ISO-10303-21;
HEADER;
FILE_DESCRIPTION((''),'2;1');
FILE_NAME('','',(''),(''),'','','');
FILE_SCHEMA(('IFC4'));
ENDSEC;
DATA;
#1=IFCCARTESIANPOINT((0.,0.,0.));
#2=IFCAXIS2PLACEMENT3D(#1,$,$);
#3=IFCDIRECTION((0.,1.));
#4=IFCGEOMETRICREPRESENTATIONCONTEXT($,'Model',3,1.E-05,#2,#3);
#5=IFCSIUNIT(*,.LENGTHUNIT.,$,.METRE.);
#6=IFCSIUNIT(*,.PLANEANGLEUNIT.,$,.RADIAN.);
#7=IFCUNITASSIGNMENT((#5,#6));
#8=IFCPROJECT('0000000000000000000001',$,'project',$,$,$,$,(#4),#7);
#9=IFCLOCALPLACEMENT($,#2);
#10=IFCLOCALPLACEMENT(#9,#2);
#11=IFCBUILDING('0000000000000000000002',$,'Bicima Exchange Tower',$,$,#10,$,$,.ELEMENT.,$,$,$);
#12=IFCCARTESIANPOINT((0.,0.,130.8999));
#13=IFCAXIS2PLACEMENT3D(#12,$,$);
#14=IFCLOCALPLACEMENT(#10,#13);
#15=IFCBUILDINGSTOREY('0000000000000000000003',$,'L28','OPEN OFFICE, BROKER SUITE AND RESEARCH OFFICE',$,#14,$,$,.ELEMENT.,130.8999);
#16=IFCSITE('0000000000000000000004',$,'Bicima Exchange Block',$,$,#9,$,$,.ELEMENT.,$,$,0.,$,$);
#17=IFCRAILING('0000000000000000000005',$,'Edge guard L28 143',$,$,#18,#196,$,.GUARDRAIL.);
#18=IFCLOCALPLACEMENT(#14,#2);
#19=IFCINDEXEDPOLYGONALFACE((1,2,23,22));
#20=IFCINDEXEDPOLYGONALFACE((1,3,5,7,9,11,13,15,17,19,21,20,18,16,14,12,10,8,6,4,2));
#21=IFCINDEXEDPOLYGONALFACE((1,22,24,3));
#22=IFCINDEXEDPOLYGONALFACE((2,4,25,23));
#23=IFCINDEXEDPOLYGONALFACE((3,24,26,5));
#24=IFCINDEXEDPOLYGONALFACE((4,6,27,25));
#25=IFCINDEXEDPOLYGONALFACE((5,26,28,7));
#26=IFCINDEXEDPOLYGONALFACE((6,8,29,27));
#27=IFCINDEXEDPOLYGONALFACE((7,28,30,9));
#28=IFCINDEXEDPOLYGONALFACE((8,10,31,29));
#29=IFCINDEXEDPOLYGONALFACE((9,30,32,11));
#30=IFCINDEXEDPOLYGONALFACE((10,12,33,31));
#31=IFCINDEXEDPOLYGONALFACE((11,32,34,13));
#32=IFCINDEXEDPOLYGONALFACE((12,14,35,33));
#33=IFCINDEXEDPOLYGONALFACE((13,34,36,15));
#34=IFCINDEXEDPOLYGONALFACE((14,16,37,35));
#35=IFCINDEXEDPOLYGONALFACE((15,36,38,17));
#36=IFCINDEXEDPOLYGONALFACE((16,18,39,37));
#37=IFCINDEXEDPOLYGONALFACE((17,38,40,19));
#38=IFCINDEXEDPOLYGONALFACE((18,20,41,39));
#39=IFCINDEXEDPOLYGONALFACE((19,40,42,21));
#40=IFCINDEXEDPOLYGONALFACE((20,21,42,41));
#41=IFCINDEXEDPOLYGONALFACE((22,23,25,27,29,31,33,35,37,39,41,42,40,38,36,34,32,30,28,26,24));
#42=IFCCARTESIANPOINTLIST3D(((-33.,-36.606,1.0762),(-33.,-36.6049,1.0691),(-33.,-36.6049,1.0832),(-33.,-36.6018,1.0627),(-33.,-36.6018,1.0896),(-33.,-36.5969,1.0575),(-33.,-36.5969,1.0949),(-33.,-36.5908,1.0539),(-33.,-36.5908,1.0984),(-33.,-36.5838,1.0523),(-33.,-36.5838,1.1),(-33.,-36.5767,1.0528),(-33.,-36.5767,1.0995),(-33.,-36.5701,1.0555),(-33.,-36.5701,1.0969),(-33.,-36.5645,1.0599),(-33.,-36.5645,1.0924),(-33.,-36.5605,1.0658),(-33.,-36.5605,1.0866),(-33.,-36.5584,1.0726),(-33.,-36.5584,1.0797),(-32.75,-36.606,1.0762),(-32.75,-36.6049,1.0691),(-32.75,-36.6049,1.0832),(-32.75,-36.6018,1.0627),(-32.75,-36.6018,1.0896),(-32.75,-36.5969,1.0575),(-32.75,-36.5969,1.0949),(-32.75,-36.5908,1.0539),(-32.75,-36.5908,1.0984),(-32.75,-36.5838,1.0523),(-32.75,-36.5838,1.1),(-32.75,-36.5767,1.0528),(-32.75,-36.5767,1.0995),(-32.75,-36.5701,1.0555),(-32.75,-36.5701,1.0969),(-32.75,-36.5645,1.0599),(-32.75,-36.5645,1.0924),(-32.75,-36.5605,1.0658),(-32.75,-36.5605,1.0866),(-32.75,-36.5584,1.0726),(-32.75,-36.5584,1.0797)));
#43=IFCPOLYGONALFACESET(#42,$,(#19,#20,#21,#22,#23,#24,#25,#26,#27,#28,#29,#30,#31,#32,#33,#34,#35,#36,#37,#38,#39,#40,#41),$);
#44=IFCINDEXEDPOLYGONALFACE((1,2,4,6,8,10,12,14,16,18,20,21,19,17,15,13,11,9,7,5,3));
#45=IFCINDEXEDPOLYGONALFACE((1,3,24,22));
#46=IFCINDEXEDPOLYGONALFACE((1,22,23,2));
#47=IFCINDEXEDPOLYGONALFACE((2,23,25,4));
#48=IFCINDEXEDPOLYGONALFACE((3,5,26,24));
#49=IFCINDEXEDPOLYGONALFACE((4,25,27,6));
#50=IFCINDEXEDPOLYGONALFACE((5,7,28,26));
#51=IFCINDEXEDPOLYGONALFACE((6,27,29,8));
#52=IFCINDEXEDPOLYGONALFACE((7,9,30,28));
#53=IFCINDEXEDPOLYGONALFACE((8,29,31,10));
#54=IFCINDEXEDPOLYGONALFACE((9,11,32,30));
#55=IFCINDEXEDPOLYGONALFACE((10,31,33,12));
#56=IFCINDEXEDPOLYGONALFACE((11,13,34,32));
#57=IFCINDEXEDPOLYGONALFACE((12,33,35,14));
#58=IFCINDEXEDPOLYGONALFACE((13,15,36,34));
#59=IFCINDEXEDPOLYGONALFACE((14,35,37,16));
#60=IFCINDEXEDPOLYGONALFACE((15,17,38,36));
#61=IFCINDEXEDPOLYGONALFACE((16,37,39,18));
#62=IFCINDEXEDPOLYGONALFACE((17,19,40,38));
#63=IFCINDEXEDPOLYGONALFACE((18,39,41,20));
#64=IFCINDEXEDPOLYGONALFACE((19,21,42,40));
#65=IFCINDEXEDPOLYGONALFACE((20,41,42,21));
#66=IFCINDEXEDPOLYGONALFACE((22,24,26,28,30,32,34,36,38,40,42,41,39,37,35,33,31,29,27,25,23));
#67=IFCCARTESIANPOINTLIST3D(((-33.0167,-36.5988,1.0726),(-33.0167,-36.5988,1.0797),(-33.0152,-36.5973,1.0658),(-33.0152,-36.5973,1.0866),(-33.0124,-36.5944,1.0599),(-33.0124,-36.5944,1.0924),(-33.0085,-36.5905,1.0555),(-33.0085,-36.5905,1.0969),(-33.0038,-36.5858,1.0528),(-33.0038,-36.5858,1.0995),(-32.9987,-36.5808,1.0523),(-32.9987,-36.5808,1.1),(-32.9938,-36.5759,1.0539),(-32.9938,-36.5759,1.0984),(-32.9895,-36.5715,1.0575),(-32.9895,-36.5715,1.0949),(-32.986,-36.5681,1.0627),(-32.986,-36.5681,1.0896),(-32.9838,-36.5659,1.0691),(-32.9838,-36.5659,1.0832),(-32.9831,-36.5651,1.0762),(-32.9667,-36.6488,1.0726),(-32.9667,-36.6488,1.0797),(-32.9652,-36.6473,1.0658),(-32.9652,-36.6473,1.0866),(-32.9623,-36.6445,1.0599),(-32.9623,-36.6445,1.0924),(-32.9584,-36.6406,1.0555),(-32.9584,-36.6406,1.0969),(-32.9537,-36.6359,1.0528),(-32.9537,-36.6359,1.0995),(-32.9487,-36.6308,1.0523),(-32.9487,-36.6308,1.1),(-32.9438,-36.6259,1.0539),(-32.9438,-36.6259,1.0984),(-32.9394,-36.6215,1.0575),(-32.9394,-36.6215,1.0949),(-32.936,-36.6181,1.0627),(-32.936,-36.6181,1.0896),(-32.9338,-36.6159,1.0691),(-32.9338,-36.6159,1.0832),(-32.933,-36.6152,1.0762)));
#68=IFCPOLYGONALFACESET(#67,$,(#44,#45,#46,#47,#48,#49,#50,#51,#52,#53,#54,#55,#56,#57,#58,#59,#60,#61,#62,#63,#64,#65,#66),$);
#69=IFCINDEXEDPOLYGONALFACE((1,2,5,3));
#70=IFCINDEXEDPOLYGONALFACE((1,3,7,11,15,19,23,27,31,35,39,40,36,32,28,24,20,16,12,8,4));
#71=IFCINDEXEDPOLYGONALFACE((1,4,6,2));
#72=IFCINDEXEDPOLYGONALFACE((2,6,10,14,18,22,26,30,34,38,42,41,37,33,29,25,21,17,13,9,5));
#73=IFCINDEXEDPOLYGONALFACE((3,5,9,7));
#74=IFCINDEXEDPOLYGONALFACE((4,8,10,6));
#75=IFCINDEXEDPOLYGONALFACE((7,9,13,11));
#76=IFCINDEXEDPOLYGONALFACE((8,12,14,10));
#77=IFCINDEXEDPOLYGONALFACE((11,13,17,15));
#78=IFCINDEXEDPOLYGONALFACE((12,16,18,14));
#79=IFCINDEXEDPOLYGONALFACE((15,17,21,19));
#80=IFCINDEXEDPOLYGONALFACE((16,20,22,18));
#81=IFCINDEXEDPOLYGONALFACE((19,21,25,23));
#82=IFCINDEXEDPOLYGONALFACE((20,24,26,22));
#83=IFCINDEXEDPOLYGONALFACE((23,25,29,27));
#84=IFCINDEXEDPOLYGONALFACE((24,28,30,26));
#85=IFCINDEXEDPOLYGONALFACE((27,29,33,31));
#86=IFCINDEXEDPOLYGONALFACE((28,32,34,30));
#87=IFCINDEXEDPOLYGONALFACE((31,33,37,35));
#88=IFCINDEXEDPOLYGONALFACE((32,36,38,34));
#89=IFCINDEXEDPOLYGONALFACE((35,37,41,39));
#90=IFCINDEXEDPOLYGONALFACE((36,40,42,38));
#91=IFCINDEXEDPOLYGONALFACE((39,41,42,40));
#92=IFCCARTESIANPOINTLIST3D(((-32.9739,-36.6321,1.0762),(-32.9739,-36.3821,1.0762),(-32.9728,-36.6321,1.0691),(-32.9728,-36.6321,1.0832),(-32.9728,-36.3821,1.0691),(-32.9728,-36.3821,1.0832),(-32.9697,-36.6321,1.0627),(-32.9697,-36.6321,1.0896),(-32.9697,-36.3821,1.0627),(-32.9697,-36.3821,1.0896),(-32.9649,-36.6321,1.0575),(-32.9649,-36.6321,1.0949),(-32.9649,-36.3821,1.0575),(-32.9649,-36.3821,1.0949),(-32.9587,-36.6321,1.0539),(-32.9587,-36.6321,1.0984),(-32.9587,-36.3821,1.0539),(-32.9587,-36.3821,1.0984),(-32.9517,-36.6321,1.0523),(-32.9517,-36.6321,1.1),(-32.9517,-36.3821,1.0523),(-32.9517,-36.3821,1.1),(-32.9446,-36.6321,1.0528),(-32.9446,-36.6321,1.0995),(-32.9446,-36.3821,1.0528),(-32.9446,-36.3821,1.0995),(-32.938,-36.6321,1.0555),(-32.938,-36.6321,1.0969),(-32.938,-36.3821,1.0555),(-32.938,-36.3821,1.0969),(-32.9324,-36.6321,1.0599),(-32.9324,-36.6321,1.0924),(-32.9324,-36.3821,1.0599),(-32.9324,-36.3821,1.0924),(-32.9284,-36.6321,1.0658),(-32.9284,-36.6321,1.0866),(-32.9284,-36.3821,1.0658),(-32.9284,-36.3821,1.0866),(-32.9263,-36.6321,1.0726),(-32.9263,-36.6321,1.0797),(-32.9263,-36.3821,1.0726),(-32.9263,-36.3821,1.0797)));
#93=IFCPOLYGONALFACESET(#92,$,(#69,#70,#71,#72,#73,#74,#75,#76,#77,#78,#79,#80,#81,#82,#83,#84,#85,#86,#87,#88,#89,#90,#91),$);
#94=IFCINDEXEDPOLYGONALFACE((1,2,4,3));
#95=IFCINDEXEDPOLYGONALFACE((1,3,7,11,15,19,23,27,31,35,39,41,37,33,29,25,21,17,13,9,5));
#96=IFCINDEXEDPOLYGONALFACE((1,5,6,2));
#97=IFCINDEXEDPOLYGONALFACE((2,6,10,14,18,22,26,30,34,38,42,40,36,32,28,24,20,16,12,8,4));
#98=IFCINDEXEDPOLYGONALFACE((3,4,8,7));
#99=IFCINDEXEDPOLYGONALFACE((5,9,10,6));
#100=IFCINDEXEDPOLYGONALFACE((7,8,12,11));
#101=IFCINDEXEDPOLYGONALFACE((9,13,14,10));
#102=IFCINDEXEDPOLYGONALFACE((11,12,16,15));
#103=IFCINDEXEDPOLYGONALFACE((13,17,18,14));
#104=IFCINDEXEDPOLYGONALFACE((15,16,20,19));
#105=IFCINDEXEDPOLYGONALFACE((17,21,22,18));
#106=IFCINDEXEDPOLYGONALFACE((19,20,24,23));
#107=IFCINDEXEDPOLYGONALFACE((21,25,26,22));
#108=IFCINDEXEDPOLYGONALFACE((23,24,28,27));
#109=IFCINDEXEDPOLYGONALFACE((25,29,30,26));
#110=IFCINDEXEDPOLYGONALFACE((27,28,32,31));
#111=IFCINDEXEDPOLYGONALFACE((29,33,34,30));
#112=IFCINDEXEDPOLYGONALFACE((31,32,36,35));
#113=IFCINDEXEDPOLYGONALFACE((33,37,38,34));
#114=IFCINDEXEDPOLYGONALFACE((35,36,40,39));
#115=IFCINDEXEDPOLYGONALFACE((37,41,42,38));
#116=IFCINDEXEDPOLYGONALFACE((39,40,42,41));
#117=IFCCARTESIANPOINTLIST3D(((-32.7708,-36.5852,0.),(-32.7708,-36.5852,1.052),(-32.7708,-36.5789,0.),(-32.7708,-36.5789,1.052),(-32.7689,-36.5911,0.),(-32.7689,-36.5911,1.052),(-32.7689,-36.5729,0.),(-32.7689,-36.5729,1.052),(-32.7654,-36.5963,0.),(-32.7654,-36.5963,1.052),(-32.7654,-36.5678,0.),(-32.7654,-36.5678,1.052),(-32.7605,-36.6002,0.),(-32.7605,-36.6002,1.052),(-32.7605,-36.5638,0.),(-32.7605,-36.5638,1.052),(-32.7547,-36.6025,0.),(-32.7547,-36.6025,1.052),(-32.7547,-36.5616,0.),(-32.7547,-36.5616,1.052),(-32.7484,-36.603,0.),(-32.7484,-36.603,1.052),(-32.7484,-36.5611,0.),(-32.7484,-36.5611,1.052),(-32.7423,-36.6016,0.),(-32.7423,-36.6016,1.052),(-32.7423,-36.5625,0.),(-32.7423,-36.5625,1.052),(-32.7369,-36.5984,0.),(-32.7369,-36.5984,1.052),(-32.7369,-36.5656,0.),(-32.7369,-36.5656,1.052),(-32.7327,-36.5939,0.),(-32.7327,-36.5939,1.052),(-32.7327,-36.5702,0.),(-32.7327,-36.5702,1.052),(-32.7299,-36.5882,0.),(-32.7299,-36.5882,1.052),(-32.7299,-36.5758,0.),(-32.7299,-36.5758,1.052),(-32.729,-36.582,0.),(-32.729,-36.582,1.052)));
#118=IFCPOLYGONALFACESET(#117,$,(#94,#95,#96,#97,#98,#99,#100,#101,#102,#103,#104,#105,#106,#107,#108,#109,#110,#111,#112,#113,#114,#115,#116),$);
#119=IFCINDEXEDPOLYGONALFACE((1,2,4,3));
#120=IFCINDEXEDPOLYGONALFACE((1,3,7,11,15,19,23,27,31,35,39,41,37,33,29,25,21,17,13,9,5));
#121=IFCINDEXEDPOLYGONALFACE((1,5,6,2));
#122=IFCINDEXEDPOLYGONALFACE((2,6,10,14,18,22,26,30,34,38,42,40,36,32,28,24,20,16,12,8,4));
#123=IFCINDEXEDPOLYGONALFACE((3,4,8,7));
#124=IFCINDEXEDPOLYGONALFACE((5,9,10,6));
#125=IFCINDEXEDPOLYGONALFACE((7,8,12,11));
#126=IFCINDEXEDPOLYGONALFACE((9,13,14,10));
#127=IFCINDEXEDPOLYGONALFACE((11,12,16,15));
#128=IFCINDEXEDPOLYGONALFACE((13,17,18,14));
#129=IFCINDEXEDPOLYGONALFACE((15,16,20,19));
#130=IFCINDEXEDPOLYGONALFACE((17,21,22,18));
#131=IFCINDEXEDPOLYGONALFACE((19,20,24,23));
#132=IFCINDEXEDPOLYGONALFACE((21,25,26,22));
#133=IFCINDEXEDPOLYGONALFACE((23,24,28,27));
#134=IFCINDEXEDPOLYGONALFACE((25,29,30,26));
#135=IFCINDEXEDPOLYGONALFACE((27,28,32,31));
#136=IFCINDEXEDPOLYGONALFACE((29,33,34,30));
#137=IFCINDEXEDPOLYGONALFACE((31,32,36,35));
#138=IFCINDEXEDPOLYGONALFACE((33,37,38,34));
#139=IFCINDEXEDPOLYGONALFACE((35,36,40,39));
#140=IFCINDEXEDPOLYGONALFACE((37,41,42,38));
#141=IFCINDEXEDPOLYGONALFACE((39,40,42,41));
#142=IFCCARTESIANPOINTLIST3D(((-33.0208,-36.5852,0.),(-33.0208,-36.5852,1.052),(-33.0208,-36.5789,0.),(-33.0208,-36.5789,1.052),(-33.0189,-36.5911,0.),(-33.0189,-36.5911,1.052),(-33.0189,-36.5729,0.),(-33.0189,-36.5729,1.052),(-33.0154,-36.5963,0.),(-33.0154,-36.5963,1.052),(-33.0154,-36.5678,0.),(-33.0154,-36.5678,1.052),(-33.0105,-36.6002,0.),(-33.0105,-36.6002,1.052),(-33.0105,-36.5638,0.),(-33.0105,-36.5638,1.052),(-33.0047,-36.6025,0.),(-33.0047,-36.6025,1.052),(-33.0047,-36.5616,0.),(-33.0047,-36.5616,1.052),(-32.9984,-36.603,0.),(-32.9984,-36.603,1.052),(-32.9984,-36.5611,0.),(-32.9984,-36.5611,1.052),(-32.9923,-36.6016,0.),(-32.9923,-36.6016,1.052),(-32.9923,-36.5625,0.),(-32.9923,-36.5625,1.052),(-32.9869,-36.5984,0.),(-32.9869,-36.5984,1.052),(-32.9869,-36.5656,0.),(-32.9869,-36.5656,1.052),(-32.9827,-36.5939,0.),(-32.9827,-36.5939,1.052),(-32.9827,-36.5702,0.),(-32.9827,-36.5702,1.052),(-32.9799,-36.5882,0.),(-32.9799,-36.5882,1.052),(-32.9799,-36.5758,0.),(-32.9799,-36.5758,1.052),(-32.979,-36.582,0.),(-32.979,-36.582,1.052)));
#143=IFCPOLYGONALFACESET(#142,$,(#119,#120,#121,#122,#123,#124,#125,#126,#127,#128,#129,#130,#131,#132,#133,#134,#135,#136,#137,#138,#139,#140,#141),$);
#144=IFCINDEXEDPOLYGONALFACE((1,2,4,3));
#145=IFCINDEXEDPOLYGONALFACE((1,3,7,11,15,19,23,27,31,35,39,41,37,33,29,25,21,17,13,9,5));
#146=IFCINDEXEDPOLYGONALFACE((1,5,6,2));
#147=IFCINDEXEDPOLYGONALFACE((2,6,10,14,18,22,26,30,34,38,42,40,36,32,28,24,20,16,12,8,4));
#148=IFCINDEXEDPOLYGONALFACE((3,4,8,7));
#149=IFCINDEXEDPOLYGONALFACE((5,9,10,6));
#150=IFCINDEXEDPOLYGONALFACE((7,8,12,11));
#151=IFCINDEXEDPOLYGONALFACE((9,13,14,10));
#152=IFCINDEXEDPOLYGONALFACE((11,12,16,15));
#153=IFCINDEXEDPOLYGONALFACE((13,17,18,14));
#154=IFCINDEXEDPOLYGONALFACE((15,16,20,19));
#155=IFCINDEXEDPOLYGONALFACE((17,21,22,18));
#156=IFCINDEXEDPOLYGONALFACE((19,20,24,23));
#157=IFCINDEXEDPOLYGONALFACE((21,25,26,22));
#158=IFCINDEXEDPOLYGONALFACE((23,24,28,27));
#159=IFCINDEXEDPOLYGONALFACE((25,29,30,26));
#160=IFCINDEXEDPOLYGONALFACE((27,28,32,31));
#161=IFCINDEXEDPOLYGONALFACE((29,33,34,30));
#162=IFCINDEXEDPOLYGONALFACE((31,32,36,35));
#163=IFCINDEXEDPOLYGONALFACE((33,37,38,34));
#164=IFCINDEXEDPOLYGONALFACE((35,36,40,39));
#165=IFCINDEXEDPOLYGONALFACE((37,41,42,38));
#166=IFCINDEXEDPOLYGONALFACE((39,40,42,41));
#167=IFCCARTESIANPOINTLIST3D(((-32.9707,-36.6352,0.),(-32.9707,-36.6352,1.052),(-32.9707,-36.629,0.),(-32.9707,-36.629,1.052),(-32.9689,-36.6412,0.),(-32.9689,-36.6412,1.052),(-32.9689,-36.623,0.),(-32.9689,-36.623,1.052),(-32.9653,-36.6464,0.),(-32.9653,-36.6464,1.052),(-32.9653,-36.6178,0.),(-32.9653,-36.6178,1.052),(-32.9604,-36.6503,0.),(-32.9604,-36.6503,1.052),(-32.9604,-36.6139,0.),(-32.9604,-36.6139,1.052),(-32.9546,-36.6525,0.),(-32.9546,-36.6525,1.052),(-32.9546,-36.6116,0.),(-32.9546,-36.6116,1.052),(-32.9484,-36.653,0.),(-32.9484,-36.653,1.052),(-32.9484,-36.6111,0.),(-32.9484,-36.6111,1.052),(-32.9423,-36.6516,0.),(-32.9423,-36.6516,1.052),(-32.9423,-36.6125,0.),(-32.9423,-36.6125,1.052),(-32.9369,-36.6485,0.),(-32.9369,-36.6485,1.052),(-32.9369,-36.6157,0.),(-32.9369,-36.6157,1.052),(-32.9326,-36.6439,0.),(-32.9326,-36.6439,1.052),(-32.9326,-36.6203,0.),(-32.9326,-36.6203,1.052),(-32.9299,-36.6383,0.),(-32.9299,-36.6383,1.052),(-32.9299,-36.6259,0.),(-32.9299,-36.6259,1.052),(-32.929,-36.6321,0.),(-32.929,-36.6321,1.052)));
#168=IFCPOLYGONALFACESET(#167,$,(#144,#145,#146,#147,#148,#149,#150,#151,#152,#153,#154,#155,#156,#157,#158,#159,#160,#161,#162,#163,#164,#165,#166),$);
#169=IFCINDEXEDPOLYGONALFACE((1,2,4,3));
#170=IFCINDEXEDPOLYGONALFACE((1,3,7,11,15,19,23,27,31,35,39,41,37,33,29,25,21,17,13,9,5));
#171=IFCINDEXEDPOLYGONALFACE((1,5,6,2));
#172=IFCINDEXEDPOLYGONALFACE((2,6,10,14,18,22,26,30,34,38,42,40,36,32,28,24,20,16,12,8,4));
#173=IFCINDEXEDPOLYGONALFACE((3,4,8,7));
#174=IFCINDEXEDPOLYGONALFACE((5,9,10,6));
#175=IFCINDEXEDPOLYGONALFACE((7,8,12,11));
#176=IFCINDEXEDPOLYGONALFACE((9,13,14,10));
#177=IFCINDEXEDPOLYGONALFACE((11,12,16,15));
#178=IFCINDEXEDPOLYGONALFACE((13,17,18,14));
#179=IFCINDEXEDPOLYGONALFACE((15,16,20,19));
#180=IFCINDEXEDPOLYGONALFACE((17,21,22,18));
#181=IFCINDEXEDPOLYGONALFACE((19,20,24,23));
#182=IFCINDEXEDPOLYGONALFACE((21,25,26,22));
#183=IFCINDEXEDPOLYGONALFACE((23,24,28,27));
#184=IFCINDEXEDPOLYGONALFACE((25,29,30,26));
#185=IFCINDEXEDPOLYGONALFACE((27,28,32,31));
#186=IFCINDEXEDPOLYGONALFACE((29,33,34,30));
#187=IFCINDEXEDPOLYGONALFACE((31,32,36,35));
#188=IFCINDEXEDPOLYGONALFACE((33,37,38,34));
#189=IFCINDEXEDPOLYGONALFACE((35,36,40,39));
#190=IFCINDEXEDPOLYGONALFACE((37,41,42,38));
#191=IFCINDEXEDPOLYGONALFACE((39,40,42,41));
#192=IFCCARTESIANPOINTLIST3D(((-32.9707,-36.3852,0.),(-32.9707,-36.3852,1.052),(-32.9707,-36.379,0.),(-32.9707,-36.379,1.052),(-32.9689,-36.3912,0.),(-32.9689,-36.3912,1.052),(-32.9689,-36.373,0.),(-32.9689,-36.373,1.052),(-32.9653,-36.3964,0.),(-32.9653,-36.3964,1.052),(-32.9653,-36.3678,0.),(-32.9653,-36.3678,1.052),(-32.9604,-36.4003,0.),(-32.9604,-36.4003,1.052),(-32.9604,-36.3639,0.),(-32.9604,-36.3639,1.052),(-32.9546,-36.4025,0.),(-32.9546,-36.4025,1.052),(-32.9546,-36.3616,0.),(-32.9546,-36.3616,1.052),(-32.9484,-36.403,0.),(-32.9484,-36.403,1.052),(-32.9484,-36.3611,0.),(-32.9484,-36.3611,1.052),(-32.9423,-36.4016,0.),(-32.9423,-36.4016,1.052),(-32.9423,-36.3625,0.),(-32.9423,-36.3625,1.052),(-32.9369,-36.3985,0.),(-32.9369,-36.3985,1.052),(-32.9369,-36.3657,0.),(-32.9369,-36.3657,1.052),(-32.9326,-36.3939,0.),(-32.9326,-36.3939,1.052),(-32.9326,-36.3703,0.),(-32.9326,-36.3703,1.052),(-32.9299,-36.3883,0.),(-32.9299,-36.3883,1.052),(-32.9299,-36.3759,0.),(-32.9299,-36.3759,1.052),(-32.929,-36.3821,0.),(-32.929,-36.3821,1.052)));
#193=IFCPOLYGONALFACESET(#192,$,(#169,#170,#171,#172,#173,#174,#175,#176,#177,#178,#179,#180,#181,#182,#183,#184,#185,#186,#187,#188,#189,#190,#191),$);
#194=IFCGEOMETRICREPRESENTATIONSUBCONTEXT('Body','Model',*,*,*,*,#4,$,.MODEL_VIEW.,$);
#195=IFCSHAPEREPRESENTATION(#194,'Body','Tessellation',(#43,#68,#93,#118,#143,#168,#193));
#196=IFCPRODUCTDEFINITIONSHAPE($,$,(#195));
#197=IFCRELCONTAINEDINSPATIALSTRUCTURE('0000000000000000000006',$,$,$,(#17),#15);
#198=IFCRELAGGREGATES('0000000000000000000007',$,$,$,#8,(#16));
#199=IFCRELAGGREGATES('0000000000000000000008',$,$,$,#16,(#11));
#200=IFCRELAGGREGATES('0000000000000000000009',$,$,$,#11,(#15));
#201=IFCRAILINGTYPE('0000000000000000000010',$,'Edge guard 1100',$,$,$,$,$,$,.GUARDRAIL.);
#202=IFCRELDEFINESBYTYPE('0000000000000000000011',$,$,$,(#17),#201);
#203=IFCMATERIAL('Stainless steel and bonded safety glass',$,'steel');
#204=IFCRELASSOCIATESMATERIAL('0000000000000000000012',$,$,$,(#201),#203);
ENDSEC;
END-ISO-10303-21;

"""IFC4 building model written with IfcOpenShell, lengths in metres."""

from ifc_helpers import new_model, si_unit, direction, frame, origin, origin_2d, place, context, subcontext, project, spatial, circle, extrude, material, type_object, element, save


model = new_model("IFC4")

# Units and contexts
model_context = context("Model", 3, precision=1e-05, world=origin(), true_north=direction((0.0, 1.0)))
body_context = subcontext(model_context, "Body", "Model", "MODEL_VIEW")
ifc_project = project(units=[si_unit("LENGTHUNIT", "METRE"), si_unit("PLANEANGLEUNIT", "RADIAN")], contexts=[model_context])

# Site, building, storey
site_placement = place(None, origin())
site = spatial("IfcSite", under=ifc_project, at=site_placement, Name="Bicima Exchange Block", CompositionType="ELEMENT", RefElevation=0.0)
building_placement = place(site_placement, origin())
building = spatial("IfcBuilding", under=site, at=building_placement, Name="Bicima Exchange Tower", CompositionType="ELEMENT")
storey_placement = place(building_placement, frame((0.0, 0.0, 130.8999)))
storey = spatial("IfcBuildingStorey", under=building, at=storey_placement, Name="L28", Description="OPEN OFFICE, BROKER SUITE AND RESEARCH OFFICE", CompositionType="ELEMENT", Elevation=130.8999)

# Railing
ifc_material_1 = material(Name="Stainless steel and bonded safety glass", Category="steel")
railing_type = type_object("IfcRailingType", Name="Edge guard 1100", PredefinedType="GUARDRAIL", material=ifc_material_1)
railing_1_placement = place(storey_placement, frame((-32.75, -36.582, 0.0)))
element("IfcRailing", 1, at=railing_1_placement, inside=storey, type_object=railing_type, Name="Edge guard L28 143", PredefinedType="GUARDRAIL", context=body_context, shape_type="SweptSolid", body=[
    extrude(circle(Radius=0.0239, at=origin_2d()), frame((0.0, 0.0, 1.0762), z_axis=(-1.0, 0.0, 0.0), x_axis=(0.0, -1.0, 0.0)), (0.0, 0.0, 1.0), 0.25),
    extrude(circle(Radius=0.0239, at=origin_2d()), frame((-0.25, 0.0, 1.0762), z_axis=(0.707107, -0.707107, 0.0), x_axis=(0.707107, 0.707107, 0.0)), (0.0, 0.0, 1.0), 0.0708),
    extrude(circle(Radius=0.0239, at=origin_2d()), frame((-0.2, -0.05, 1.0762), z_axis=(0.0, 1.0, 0.0), x_axis=(-1.0, 0.0, 0.0)), (0.0, 0.0, 1.0), 0.25),
    extrude(circle(Radius=0.021, at=origin_2d()), origin(), (0.0, 0.0, 1.0), 1.052),
    extrude(circle(Radius=0.021, at=origin_2d()), frame((-0.25, 0.0, 0.0)), (0.0, 0.0, 1.0), 1.052),
    extrude(circle(Radius=0.021, at=origin_2d()), frame((-0.2, -0.05, 0.0)), (0.0, 0.0, 1.0), 1.052),
    extrude(circle(Radius=0.021, at=origin_2d()), frame((-0.2, 0.2, 0.0)), (0.0, 0.0, 1.0), 1.052),
])

save(model, "model.ifc")
